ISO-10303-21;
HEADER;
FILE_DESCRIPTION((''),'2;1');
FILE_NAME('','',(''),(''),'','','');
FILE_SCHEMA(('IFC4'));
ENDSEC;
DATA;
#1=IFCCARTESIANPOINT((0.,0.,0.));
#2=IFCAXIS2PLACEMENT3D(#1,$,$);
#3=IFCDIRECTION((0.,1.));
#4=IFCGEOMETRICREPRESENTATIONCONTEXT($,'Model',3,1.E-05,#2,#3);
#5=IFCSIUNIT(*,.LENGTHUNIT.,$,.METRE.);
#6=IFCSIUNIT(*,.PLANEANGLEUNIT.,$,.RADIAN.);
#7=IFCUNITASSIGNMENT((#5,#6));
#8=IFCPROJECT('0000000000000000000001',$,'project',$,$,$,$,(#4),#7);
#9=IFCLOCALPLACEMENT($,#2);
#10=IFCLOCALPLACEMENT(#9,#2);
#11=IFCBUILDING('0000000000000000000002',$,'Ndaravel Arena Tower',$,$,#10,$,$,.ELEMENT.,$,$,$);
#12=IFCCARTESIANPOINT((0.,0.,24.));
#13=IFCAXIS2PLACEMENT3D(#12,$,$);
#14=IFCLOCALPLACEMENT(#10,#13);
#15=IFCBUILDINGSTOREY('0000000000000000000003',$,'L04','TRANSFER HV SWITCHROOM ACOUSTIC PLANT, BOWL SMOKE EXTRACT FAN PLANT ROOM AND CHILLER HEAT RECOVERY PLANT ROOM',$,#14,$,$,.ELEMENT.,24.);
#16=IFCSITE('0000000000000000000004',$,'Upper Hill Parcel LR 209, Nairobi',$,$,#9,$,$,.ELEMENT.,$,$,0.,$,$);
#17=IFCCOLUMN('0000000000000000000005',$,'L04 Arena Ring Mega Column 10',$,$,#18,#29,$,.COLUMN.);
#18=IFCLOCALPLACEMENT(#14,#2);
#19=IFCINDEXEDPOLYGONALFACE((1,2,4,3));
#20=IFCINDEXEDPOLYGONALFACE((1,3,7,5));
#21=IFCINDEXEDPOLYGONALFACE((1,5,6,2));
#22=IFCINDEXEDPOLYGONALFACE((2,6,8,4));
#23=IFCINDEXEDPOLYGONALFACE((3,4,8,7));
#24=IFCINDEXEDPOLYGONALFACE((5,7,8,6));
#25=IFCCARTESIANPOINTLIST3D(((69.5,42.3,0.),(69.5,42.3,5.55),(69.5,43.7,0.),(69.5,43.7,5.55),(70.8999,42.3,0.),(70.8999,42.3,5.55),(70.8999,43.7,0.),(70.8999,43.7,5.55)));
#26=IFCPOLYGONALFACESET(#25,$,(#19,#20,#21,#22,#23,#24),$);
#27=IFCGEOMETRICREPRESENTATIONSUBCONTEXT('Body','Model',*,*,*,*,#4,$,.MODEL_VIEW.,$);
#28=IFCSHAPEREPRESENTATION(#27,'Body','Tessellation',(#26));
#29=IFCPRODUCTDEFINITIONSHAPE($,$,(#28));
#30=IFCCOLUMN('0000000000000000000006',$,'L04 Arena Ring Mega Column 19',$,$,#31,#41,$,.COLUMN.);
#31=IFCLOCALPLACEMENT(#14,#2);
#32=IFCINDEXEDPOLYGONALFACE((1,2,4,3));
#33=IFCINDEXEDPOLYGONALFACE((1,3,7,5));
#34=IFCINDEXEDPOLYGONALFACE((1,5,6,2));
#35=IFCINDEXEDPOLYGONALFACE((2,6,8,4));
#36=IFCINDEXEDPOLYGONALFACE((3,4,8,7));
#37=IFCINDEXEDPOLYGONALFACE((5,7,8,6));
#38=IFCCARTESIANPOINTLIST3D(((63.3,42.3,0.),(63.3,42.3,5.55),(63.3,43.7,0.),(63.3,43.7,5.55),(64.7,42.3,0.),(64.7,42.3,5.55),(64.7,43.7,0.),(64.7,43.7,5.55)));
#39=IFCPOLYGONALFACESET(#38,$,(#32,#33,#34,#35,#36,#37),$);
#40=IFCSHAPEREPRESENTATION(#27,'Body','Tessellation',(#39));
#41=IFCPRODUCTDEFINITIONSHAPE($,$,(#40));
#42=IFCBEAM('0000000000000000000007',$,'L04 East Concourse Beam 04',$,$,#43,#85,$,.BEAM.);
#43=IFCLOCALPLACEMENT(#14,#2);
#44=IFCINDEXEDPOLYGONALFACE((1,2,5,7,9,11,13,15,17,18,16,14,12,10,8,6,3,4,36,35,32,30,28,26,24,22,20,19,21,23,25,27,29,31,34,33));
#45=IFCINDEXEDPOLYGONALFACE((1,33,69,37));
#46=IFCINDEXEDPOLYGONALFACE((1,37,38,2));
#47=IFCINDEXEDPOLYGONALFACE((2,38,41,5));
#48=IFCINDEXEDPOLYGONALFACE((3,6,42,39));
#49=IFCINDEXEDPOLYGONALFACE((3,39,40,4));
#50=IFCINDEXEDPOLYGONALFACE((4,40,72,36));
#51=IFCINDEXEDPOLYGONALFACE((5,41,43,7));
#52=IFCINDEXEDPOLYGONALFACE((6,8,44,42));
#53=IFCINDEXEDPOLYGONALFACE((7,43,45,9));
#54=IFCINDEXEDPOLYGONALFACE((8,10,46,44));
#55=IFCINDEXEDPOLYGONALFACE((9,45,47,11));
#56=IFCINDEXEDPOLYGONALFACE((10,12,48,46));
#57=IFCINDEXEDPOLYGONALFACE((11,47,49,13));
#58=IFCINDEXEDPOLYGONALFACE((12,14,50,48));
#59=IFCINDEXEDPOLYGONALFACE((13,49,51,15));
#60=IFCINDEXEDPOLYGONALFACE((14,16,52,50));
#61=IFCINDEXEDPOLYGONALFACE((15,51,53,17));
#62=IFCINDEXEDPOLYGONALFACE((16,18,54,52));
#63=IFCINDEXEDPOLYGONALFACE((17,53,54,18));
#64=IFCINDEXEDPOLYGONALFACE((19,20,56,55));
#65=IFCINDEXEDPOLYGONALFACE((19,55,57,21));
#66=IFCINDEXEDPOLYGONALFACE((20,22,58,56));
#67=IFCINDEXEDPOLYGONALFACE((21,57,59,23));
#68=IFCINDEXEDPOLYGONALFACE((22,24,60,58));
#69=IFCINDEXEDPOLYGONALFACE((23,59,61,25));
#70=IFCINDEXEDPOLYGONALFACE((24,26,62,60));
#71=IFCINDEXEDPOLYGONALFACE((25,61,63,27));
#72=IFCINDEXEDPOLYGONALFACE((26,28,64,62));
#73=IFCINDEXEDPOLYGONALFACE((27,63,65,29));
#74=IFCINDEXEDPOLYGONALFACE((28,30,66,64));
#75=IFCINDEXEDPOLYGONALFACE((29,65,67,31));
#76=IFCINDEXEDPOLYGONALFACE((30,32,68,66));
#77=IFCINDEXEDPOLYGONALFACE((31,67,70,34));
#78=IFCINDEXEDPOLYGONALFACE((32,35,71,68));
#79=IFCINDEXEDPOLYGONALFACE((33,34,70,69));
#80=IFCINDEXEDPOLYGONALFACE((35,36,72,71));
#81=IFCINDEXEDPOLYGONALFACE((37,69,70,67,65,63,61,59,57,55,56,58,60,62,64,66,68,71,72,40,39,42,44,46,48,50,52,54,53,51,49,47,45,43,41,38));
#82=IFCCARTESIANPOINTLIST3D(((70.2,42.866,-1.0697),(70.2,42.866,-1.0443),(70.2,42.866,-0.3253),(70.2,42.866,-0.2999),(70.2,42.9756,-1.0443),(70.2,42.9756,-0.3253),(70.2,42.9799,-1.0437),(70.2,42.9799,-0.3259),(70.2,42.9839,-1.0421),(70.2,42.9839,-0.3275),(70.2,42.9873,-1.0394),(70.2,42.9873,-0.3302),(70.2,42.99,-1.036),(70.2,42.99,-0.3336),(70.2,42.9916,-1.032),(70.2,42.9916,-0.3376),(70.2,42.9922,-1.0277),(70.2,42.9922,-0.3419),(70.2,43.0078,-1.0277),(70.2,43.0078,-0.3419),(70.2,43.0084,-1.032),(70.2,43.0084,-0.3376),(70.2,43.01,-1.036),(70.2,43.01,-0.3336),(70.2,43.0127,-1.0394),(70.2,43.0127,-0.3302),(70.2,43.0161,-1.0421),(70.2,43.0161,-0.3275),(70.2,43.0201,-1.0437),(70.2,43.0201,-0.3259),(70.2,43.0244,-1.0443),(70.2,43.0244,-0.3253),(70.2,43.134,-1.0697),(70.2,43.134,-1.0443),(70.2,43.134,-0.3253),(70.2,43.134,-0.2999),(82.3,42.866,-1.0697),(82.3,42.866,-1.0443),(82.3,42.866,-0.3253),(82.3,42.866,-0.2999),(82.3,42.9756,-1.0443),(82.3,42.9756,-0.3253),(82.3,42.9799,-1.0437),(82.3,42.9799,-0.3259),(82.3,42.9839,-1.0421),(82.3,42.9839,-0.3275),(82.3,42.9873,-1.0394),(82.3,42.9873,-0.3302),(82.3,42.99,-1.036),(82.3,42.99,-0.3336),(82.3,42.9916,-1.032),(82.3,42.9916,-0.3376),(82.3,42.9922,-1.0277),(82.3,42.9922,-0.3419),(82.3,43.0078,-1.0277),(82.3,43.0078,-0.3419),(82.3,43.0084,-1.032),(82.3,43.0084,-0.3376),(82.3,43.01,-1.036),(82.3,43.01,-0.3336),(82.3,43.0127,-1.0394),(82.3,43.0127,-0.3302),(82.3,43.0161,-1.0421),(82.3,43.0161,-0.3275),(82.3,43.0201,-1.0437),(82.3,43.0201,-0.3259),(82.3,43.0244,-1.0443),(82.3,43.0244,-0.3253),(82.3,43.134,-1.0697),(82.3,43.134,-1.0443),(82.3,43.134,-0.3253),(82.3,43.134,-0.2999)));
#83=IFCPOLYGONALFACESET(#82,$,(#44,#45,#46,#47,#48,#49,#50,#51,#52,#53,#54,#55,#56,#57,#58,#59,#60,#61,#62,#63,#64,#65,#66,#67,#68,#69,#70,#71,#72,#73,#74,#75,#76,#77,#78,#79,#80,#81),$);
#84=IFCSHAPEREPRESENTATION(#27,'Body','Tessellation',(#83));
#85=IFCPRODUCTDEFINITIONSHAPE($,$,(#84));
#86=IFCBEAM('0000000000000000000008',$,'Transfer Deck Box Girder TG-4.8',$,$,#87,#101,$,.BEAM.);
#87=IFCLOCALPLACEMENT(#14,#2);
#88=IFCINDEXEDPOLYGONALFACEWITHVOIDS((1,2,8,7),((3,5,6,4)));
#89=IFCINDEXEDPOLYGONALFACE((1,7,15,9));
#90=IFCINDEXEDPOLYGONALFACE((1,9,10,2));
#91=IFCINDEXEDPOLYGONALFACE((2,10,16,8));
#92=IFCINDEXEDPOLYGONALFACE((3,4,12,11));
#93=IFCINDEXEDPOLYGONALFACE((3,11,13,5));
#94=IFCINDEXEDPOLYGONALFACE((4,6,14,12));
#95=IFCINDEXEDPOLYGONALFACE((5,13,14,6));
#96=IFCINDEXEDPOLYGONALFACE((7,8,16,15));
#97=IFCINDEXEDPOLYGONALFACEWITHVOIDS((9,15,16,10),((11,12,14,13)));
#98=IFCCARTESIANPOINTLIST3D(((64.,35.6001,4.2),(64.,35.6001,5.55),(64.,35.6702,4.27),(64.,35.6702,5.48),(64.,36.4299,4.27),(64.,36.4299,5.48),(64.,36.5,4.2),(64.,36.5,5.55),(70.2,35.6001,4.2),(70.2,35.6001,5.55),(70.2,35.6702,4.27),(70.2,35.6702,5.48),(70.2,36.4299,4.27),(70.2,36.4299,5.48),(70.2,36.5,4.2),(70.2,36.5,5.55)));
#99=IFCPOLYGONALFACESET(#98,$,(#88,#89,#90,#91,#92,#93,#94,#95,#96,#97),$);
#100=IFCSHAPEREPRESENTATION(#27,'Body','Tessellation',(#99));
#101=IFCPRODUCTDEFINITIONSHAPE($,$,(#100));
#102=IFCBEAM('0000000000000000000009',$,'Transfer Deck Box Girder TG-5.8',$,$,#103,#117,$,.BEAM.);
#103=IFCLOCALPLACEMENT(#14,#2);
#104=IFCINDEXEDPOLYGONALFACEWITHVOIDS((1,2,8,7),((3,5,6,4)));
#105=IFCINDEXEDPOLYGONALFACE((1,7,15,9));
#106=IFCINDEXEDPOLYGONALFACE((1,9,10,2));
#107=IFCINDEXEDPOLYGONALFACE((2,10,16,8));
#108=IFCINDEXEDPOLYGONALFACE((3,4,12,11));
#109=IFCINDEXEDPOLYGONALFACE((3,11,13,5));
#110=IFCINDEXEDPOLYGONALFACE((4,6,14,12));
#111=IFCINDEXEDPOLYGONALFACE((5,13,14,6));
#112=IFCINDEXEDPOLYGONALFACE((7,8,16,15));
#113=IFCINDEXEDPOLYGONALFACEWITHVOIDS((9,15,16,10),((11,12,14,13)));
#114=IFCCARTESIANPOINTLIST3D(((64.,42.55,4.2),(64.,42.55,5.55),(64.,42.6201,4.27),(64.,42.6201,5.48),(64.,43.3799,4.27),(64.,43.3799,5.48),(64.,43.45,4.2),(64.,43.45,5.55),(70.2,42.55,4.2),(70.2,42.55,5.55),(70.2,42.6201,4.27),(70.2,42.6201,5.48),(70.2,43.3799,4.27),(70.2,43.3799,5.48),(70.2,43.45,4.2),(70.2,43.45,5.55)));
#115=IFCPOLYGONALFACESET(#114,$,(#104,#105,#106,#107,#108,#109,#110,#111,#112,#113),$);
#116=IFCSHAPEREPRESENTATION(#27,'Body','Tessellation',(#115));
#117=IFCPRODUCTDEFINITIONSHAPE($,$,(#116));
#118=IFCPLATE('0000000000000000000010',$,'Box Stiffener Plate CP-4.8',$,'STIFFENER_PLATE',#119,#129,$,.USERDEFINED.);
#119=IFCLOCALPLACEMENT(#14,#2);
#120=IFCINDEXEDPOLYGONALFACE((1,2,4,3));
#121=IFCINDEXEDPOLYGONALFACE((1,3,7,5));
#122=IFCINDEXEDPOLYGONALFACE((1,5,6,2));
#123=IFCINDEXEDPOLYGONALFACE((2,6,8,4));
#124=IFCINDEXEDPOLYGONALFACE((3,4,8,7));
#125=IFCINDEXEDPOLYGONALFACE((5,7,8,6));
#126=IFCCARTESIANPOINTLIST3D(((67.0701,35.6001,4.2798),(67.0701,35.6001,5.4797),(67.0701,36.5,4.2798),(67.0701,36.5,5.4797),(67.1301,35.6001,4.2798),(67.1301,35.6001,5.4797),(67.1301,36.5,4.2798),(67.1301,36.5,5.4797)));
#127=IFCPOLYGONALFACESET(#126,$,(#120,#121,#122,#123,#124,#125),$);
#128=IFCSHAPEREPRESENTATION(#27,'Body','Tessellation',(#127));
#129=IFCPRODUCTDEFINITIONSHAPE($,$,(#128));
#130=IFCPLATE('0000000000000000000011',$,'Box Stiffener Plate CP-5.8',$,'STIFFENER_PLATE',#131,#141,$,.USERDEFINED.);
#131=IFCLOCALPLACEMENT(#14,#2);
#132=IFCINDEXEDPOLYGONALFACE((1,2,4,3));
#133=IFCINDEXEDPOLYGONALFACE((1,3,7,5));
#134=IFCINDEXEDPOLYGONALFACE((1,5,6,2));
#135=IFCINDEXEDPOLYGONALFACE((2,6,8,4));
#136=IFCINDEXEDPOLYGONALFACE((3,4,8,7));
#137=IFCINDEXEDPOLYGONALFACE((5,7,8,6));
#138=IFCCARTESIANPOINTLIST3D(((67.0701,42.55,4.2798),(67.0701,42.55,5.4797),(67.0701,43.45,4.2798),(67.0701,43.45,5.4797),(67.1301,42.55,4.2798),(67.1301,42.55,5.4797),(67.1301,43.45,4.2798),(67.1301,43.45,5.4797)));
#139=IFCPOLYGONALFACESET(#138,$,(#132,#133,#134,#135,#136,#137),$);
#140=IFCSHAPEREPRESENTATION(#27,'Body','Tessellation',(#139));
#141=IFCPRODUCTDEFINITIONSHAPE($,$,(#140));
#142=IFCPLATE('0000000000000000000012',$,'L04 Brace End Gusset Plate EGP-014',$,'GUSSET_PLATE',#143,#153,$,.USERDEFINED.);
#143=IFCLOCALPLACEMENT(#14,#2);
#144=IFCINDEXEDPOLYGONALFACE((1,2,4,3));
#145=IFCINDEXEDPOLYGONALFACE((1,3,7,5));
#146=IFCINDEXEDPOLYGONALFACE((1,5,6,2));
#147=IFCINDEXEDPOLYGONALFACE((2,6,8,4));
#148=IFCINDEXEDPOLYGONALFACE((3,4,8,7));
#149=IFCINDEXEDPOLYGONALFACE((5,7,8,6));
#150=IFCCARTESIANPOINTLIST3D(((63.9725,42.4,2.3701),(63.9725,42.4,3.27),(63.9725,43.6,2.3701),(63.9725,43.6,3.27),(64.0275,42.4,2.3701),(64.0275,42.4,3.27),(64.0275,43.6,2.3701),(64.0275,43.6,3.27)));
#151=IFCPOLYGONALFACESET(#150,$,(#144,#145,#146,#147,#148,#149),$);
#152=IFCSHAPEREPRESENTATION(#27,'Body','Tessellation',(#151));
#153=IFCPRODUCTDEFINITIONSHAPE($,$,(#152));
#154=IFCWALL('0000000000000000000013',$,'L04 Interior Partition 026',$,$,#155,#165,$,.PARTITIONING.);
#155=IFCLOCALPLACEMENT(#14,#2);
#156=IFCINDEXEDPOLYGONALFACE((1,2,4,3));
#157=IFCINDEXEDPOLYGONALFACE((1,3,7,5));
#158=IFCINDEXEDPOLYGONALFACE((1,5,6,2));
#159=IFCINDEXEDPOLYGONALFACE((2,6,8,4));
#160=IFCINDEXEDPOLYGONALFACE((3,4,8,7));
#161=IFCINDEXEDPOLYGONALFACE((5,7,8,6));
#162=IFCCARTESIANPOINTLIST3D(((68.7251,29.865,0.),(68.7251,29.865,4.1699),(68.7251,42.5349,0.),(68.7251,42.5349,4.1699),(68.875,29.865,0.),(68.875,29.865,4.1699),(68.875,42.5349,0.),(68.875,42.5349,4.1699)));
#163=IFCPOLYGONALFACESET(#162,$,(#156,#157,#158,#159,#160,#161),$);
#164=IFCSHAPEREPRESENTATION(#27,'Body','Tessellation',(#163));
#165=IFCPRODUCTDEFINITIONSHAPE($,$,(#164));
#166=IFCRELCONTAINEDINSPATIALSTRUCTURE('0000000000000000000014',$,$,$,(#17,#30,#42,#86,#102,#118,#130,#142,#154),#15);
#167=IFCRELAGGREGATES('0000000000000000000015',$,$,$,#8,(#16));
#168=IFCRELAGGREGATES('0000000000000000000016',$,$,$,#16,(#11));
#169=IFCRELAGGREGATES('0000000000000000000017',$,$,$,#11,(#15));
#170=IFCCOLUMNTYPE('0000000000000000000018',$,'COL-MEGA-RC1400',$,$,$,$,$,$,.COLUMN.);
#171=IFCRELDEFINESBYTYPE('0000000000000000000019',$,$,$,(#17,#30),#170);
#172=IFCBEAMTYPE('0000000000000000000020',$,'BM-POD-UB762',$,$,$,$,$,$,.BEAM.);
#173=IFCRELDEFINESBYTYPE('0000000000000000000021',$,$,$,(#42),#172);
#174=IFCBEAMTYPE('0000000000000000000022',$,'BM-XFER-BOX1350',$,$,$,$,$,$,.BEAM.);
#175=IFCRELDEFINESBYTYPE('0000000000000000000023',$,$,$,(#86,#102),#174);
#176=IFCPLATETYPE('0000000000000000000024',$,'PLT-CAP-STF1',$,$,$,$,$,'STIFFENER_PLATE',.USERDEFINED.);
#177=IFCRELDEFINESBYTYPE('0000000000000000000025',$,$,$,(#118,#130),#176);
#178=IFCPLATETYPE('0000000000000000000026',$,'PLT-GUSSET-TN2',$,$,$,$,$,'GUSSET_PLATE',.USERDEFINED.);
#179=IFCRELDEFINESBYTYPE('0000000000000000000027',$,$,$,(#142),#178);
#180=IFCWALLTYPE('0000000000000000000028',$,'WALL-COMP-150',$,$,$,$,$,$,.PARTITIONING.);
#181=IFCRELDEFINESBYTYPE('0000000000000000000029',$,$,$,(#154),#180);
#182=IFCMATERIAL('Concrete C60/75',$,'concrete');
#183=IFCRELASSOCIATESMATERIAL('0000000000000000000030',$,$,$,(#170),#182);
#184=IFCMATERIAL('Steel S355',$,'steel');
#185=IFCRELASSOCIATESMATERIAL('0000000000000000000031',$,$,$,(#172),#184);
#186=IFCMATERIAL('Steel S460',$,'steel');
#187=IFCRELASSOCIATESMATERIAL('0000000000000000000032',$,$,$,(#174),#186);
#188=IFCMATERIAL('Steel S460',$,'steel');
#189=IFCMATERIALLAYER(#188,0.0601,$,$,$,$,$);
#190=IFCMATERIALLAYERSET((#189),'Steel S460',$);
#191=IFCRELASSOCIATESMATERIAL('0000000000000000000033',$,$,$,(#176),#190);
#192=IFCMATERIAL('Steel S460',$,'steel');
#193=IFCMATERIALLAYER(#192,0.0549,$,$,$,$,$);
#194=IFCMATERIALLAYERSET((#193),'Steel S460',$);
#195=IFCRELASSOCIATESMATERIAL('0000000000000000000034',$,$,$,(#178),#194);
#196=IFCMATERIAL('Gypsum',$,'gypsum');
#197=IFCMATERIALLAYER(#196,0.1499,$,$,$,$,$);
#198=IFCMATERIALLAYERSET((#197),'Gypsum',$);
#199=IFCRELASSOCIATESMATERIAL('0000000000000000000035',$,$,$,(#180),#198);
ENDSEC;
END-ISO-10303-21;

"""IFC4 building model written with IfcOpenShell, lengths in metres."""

from ifc_helpers import new_model, si_unit, direction, frame, frame_2d, origin, origin_2d, place, context, subcontext, project, spatial, rectangle, hollow_rectangle, i_section, extrude, material, layer, layer_set, material_profile, profile_set, type_object, element, save


model = new_model("IFC4")

# Units and contexts
model_context = context("Model", 3, precision=1e-05, world=origin(), true_north=direction((0.0, 1.0)))
body_context = subcontext(model_context, "Body", "Model", "MODEL_VIEW")
ifc_project = project(units=[si_unit("LENGTHUNIT", "METRE"), si_unit("PLANEANGLEUNIT", "RADIAN")], contexts=[model_context])

# Site, building, storey
site_placement = place(None, origin())
site = spatial("IfcSite", under=ifc_project, at=site_placement, Name="Upper Hill Parcel LR 209, Nairobi", CompositionType="ELEMENT", RefElevation=0.0)
building_placement = place(site_placement, origin())
building = spatial("IfcBuilding", under=site, at=building_placement, Name="Ndaravel Arena Tower", CompositionType="ELEMENT")
storey_placement = place(building_placement, frame((0.0, 0.0, 24.0)))
storey = spatial("IfcBuildingStorey", under=building, at=storey_placement, Name="L04", Description="TRANSFER HV SWITCHROOM ACOUSTIC PLANT, BOWL SMOKE EXTRACT FAN PLANT ROOM AND CHILLER HEAT RECOVERY PLANT ROOM", CompositionType="ELEMENT", Elevation=24.0)

# Columns
ifc_material_1 = material(Name="Concrete C60/75", Category="concrete")
ifc_material_profile_1 = material_profile(ifc_material_1, rectangle(XDim=1.3999, YDim=1.3999, at=origin_2d()), Name="RC 1400x1400")
ifc_profile_set_1 = profile_set([ifc_material_profile_1], Name="Concrete C60/75")
column_type = type_object("IfcColumnType", Name="COL-MEGA-RC1400", PredefinedType="COLUMN", material=ifc_profile_set_1)
for number, where, z_axis, x_axis, name in (
    (1, (70.2, 43.0, 0.0), (0.0, 0.0, 1.0), (1.0, 0.0, 0.0), "L04 Arena Ring Mega Column 10"),
    (2, (64.0, 43.0, 0.0), (0.0, 0.0, 1.0), (1.0, 0.0, 0.0), "L04 Arena Ring Mega Column 19"),
):
    element("IfcColumn", number, at=place(storey_placement, frame(where, z_axis=z_axis, x_axis=x_axis)), inside=storey, type_object=column_type, Name=name, PredefinedType="COLUMN", context=body_context, shape_type="SweptSolid", body=[
        extrude(rectangle(XDim=1.3999, YDim=1.3999, at=origin_2d()), origin(), (0.0, 0.0, 1.0), 5.55),
    ])

# Beams
ifc_material_2 = material(Name="Steel S355", Category="steel")
ifc_material_profile_2 = material_profile(ifc_material_2, i_section(OverallWidth=0.2681, OverallDepth=0.7698, WebThickness=0.0156, FlangeThickness=0.0254, FilletRadius=0.0166, at=origin_2d()), Name="UB 762x267x197")
ifc_profile_set_2 = profile_set([ifc_material_profile_2], Name="Steel S355")
beam_type_1 = type_object("IfcBeamType", Name="BM-POD-UB762", PredefinedType="BEAM", material=ifc_profile_set_2)
beam_placement = place(storey_placement, frame((70.2, 43.0, -0.6848), z_axis=(1.0, 0.0, 0.0), x_axis=(0.0, 1.0, 0.0)))
element("IfcBeam", 3, at=beam_placement, inside=storey, type_object=beam_type_1, Name="L04 East Concourse Beam 04", PredefinedType="BEAM", context=body_context, shape_type="SweptSolid", body=[
    extrude(i_section(OverallWidth=0.2681, OverallDepth=0.7698, WebThickness=0.0156, FlangeThickness=0.0254, FilletRadius=0.0166, at=origin_2d()), origin(), (0.0, 0.0, 1.0), 12.1001),
])
ifc_material_3 = material(Name="Steel S460", Category="steel")
ifc_material_profile_3 = material_profile(ifc_material_3, hollow_rectangle(XDim=0.8999, YDim=1.3501, WallThickness=0.0701, at=origin_2d()), Name="BOX 1350x900x70")
ifc_profile_set_3 = profile_set([ifc_material_profile_3], Name="Steel S460")
beam_type_2 = type_object("IfcBeamType", Name="BM-XFER-BOX1350", PredefinedType="BEAM", material=ifc_profile_set_3)
for number, where, z_axis, x_axis, name in (
    (4, (64.0, 36.05, 4.875), (1.0, 0.0, 0.0), (0.0, 1.0, 0.0), "Transfer Deck Box Girder TG-4.8"),
    (5, (64.0, 43.0, 4.875), (1.0, 0.0, 0.0), (0.0, 1.0, 0.0), "Transfer Deck Box Girder TG-5.8"),
):
    element("IfcBeam", number, at=place(storey_placement, frame(where, z_axis=z_axis, x_axis=x_axis)), inside=storey, type_object=beam_type_2, Name=name, PredefinedType="BEAM", context=body_context, shape_type="SweptSolid", body=[
        extrude(hollow_rectangle(XDim=0.8999, YDim=1.3501, WallThickness=0.0701, at=origin_2d()), origin(), (0.0, 0.0, 1.0), 6.2),
    ])

# Plates
ifc_material_4 = material(Name="Steel S460", Category="steel")
ifc_layer_1 = layer(ifc_material_4, 0.0601)
ifc_layer_set_1 = layer_set([ifc_layer_1], Name="Steel S460")
plate_type_1 = type_object("IfcPlateType", Name="PLT-CAP-STF1", ElementType="STIFFENER_PLATE", PredefinedType="USERDEFINED", material=ifc_layer_set_1)
for number, where, z_axis, x_axis, name in (
    (6, (67.1001, 36.05, 4.2798), (0.0, 0.0, 1.0), (1.0, 0.0, 0.0), "Box Stiffener Plate CP-4.8"),
    (7, (67.1001, 43.0, 4.2798), (0.0, 0.0, 1.0), (1.0, 0.0, 0.0), "Box Stiffener Plate CP-5.8"),
):
    element("IfcPlate", number, at=place(storey_placement, frame(where, z_axis=z_axis, x_axis=x_axis)), inside=storey, type_object=plate_type_1, Name=name, ObjectType="STIFFENER_PLATE", PredefinedType="USERDEFINED", context=body_context, shape_type="SweptSolid", body=[
        extrude(rectangle(XDim=0.0601, YDim=0.8999, at=origin_2d()), origin(), (0.0, 0.0, 1.0), 1.2),
    ])
ifc_material_5 = material(Name="Steel S460", Category="steel")
ifc_layer_2 = layer(ifc_material_5, 0.0549)
ifc_layer_set_2 = layer_set([ifc_layer_2], Name="Steel S460")
plate_type_2 = type_object("IfcPlateType", Name="PLT-GUSSET-TN2", ElementType="GUSSET_PLATE", PredefinedType="USERDEFINED", material=ifc_layer_set_2)
plate_placement = place(storey_placement, frame((64.0, 43.0, 2.3701), z_axis=(0.0, 0.0, 1.0), x_axis=(1.0, 0.0, 0.0)))
element("IfcPlate", 8, at=plate_placement, inside=storey, type_object=plate_type_2, Name="L04 Brace End Gusset Plate EGP-014", ObjectType="GUSSET_PLATE", PredefinedType="USERDEFINED", context=body_context, shape_type="SweptSolid", body=[
    extrude(rectangle(XDim=0.0549, YDim=1.2, at=origin_2d()), origin(), (0.0, 0.0, 1.0), 0.8999),
])

# Wall
ifc_material_6 = material(Name="Gypsum", Category="gypsum")
ifc_layer_3 = layer(ifc_material_6, 0.1499)
ifc_layer_set_3 = layer_set([ifc_layer_3], Name="Gypsum")
wall_type_1 = type_object("IfcWallType", Name="WALL-COMP-150", PredefinedType="PARTITIONING", material=ifc_layer_set_3)
wall_1_placement = place(storey_placement, frame((68.8, 42.5349, 0.0), z_axis=(0.0, 0.0, 1.0), x_axis=(0.0, -1.0, 0.0)))
element("IfcWall", 9, at=wall_1_placement, inside=storey, type_object=wall_type_1, Name="L04 Interior Partition 026", PredefinedType="PARTITIONING", context=body_context, shape_type="SweptSolid", body=[
    extrude(rectangle(XDim=12.6699, YDim=0.1499, at=frame_2d((6.335, 0.0))), origin(), (0.0, 0.0, 1.0), 4.1699),
])

save(model, "model.ifc")
